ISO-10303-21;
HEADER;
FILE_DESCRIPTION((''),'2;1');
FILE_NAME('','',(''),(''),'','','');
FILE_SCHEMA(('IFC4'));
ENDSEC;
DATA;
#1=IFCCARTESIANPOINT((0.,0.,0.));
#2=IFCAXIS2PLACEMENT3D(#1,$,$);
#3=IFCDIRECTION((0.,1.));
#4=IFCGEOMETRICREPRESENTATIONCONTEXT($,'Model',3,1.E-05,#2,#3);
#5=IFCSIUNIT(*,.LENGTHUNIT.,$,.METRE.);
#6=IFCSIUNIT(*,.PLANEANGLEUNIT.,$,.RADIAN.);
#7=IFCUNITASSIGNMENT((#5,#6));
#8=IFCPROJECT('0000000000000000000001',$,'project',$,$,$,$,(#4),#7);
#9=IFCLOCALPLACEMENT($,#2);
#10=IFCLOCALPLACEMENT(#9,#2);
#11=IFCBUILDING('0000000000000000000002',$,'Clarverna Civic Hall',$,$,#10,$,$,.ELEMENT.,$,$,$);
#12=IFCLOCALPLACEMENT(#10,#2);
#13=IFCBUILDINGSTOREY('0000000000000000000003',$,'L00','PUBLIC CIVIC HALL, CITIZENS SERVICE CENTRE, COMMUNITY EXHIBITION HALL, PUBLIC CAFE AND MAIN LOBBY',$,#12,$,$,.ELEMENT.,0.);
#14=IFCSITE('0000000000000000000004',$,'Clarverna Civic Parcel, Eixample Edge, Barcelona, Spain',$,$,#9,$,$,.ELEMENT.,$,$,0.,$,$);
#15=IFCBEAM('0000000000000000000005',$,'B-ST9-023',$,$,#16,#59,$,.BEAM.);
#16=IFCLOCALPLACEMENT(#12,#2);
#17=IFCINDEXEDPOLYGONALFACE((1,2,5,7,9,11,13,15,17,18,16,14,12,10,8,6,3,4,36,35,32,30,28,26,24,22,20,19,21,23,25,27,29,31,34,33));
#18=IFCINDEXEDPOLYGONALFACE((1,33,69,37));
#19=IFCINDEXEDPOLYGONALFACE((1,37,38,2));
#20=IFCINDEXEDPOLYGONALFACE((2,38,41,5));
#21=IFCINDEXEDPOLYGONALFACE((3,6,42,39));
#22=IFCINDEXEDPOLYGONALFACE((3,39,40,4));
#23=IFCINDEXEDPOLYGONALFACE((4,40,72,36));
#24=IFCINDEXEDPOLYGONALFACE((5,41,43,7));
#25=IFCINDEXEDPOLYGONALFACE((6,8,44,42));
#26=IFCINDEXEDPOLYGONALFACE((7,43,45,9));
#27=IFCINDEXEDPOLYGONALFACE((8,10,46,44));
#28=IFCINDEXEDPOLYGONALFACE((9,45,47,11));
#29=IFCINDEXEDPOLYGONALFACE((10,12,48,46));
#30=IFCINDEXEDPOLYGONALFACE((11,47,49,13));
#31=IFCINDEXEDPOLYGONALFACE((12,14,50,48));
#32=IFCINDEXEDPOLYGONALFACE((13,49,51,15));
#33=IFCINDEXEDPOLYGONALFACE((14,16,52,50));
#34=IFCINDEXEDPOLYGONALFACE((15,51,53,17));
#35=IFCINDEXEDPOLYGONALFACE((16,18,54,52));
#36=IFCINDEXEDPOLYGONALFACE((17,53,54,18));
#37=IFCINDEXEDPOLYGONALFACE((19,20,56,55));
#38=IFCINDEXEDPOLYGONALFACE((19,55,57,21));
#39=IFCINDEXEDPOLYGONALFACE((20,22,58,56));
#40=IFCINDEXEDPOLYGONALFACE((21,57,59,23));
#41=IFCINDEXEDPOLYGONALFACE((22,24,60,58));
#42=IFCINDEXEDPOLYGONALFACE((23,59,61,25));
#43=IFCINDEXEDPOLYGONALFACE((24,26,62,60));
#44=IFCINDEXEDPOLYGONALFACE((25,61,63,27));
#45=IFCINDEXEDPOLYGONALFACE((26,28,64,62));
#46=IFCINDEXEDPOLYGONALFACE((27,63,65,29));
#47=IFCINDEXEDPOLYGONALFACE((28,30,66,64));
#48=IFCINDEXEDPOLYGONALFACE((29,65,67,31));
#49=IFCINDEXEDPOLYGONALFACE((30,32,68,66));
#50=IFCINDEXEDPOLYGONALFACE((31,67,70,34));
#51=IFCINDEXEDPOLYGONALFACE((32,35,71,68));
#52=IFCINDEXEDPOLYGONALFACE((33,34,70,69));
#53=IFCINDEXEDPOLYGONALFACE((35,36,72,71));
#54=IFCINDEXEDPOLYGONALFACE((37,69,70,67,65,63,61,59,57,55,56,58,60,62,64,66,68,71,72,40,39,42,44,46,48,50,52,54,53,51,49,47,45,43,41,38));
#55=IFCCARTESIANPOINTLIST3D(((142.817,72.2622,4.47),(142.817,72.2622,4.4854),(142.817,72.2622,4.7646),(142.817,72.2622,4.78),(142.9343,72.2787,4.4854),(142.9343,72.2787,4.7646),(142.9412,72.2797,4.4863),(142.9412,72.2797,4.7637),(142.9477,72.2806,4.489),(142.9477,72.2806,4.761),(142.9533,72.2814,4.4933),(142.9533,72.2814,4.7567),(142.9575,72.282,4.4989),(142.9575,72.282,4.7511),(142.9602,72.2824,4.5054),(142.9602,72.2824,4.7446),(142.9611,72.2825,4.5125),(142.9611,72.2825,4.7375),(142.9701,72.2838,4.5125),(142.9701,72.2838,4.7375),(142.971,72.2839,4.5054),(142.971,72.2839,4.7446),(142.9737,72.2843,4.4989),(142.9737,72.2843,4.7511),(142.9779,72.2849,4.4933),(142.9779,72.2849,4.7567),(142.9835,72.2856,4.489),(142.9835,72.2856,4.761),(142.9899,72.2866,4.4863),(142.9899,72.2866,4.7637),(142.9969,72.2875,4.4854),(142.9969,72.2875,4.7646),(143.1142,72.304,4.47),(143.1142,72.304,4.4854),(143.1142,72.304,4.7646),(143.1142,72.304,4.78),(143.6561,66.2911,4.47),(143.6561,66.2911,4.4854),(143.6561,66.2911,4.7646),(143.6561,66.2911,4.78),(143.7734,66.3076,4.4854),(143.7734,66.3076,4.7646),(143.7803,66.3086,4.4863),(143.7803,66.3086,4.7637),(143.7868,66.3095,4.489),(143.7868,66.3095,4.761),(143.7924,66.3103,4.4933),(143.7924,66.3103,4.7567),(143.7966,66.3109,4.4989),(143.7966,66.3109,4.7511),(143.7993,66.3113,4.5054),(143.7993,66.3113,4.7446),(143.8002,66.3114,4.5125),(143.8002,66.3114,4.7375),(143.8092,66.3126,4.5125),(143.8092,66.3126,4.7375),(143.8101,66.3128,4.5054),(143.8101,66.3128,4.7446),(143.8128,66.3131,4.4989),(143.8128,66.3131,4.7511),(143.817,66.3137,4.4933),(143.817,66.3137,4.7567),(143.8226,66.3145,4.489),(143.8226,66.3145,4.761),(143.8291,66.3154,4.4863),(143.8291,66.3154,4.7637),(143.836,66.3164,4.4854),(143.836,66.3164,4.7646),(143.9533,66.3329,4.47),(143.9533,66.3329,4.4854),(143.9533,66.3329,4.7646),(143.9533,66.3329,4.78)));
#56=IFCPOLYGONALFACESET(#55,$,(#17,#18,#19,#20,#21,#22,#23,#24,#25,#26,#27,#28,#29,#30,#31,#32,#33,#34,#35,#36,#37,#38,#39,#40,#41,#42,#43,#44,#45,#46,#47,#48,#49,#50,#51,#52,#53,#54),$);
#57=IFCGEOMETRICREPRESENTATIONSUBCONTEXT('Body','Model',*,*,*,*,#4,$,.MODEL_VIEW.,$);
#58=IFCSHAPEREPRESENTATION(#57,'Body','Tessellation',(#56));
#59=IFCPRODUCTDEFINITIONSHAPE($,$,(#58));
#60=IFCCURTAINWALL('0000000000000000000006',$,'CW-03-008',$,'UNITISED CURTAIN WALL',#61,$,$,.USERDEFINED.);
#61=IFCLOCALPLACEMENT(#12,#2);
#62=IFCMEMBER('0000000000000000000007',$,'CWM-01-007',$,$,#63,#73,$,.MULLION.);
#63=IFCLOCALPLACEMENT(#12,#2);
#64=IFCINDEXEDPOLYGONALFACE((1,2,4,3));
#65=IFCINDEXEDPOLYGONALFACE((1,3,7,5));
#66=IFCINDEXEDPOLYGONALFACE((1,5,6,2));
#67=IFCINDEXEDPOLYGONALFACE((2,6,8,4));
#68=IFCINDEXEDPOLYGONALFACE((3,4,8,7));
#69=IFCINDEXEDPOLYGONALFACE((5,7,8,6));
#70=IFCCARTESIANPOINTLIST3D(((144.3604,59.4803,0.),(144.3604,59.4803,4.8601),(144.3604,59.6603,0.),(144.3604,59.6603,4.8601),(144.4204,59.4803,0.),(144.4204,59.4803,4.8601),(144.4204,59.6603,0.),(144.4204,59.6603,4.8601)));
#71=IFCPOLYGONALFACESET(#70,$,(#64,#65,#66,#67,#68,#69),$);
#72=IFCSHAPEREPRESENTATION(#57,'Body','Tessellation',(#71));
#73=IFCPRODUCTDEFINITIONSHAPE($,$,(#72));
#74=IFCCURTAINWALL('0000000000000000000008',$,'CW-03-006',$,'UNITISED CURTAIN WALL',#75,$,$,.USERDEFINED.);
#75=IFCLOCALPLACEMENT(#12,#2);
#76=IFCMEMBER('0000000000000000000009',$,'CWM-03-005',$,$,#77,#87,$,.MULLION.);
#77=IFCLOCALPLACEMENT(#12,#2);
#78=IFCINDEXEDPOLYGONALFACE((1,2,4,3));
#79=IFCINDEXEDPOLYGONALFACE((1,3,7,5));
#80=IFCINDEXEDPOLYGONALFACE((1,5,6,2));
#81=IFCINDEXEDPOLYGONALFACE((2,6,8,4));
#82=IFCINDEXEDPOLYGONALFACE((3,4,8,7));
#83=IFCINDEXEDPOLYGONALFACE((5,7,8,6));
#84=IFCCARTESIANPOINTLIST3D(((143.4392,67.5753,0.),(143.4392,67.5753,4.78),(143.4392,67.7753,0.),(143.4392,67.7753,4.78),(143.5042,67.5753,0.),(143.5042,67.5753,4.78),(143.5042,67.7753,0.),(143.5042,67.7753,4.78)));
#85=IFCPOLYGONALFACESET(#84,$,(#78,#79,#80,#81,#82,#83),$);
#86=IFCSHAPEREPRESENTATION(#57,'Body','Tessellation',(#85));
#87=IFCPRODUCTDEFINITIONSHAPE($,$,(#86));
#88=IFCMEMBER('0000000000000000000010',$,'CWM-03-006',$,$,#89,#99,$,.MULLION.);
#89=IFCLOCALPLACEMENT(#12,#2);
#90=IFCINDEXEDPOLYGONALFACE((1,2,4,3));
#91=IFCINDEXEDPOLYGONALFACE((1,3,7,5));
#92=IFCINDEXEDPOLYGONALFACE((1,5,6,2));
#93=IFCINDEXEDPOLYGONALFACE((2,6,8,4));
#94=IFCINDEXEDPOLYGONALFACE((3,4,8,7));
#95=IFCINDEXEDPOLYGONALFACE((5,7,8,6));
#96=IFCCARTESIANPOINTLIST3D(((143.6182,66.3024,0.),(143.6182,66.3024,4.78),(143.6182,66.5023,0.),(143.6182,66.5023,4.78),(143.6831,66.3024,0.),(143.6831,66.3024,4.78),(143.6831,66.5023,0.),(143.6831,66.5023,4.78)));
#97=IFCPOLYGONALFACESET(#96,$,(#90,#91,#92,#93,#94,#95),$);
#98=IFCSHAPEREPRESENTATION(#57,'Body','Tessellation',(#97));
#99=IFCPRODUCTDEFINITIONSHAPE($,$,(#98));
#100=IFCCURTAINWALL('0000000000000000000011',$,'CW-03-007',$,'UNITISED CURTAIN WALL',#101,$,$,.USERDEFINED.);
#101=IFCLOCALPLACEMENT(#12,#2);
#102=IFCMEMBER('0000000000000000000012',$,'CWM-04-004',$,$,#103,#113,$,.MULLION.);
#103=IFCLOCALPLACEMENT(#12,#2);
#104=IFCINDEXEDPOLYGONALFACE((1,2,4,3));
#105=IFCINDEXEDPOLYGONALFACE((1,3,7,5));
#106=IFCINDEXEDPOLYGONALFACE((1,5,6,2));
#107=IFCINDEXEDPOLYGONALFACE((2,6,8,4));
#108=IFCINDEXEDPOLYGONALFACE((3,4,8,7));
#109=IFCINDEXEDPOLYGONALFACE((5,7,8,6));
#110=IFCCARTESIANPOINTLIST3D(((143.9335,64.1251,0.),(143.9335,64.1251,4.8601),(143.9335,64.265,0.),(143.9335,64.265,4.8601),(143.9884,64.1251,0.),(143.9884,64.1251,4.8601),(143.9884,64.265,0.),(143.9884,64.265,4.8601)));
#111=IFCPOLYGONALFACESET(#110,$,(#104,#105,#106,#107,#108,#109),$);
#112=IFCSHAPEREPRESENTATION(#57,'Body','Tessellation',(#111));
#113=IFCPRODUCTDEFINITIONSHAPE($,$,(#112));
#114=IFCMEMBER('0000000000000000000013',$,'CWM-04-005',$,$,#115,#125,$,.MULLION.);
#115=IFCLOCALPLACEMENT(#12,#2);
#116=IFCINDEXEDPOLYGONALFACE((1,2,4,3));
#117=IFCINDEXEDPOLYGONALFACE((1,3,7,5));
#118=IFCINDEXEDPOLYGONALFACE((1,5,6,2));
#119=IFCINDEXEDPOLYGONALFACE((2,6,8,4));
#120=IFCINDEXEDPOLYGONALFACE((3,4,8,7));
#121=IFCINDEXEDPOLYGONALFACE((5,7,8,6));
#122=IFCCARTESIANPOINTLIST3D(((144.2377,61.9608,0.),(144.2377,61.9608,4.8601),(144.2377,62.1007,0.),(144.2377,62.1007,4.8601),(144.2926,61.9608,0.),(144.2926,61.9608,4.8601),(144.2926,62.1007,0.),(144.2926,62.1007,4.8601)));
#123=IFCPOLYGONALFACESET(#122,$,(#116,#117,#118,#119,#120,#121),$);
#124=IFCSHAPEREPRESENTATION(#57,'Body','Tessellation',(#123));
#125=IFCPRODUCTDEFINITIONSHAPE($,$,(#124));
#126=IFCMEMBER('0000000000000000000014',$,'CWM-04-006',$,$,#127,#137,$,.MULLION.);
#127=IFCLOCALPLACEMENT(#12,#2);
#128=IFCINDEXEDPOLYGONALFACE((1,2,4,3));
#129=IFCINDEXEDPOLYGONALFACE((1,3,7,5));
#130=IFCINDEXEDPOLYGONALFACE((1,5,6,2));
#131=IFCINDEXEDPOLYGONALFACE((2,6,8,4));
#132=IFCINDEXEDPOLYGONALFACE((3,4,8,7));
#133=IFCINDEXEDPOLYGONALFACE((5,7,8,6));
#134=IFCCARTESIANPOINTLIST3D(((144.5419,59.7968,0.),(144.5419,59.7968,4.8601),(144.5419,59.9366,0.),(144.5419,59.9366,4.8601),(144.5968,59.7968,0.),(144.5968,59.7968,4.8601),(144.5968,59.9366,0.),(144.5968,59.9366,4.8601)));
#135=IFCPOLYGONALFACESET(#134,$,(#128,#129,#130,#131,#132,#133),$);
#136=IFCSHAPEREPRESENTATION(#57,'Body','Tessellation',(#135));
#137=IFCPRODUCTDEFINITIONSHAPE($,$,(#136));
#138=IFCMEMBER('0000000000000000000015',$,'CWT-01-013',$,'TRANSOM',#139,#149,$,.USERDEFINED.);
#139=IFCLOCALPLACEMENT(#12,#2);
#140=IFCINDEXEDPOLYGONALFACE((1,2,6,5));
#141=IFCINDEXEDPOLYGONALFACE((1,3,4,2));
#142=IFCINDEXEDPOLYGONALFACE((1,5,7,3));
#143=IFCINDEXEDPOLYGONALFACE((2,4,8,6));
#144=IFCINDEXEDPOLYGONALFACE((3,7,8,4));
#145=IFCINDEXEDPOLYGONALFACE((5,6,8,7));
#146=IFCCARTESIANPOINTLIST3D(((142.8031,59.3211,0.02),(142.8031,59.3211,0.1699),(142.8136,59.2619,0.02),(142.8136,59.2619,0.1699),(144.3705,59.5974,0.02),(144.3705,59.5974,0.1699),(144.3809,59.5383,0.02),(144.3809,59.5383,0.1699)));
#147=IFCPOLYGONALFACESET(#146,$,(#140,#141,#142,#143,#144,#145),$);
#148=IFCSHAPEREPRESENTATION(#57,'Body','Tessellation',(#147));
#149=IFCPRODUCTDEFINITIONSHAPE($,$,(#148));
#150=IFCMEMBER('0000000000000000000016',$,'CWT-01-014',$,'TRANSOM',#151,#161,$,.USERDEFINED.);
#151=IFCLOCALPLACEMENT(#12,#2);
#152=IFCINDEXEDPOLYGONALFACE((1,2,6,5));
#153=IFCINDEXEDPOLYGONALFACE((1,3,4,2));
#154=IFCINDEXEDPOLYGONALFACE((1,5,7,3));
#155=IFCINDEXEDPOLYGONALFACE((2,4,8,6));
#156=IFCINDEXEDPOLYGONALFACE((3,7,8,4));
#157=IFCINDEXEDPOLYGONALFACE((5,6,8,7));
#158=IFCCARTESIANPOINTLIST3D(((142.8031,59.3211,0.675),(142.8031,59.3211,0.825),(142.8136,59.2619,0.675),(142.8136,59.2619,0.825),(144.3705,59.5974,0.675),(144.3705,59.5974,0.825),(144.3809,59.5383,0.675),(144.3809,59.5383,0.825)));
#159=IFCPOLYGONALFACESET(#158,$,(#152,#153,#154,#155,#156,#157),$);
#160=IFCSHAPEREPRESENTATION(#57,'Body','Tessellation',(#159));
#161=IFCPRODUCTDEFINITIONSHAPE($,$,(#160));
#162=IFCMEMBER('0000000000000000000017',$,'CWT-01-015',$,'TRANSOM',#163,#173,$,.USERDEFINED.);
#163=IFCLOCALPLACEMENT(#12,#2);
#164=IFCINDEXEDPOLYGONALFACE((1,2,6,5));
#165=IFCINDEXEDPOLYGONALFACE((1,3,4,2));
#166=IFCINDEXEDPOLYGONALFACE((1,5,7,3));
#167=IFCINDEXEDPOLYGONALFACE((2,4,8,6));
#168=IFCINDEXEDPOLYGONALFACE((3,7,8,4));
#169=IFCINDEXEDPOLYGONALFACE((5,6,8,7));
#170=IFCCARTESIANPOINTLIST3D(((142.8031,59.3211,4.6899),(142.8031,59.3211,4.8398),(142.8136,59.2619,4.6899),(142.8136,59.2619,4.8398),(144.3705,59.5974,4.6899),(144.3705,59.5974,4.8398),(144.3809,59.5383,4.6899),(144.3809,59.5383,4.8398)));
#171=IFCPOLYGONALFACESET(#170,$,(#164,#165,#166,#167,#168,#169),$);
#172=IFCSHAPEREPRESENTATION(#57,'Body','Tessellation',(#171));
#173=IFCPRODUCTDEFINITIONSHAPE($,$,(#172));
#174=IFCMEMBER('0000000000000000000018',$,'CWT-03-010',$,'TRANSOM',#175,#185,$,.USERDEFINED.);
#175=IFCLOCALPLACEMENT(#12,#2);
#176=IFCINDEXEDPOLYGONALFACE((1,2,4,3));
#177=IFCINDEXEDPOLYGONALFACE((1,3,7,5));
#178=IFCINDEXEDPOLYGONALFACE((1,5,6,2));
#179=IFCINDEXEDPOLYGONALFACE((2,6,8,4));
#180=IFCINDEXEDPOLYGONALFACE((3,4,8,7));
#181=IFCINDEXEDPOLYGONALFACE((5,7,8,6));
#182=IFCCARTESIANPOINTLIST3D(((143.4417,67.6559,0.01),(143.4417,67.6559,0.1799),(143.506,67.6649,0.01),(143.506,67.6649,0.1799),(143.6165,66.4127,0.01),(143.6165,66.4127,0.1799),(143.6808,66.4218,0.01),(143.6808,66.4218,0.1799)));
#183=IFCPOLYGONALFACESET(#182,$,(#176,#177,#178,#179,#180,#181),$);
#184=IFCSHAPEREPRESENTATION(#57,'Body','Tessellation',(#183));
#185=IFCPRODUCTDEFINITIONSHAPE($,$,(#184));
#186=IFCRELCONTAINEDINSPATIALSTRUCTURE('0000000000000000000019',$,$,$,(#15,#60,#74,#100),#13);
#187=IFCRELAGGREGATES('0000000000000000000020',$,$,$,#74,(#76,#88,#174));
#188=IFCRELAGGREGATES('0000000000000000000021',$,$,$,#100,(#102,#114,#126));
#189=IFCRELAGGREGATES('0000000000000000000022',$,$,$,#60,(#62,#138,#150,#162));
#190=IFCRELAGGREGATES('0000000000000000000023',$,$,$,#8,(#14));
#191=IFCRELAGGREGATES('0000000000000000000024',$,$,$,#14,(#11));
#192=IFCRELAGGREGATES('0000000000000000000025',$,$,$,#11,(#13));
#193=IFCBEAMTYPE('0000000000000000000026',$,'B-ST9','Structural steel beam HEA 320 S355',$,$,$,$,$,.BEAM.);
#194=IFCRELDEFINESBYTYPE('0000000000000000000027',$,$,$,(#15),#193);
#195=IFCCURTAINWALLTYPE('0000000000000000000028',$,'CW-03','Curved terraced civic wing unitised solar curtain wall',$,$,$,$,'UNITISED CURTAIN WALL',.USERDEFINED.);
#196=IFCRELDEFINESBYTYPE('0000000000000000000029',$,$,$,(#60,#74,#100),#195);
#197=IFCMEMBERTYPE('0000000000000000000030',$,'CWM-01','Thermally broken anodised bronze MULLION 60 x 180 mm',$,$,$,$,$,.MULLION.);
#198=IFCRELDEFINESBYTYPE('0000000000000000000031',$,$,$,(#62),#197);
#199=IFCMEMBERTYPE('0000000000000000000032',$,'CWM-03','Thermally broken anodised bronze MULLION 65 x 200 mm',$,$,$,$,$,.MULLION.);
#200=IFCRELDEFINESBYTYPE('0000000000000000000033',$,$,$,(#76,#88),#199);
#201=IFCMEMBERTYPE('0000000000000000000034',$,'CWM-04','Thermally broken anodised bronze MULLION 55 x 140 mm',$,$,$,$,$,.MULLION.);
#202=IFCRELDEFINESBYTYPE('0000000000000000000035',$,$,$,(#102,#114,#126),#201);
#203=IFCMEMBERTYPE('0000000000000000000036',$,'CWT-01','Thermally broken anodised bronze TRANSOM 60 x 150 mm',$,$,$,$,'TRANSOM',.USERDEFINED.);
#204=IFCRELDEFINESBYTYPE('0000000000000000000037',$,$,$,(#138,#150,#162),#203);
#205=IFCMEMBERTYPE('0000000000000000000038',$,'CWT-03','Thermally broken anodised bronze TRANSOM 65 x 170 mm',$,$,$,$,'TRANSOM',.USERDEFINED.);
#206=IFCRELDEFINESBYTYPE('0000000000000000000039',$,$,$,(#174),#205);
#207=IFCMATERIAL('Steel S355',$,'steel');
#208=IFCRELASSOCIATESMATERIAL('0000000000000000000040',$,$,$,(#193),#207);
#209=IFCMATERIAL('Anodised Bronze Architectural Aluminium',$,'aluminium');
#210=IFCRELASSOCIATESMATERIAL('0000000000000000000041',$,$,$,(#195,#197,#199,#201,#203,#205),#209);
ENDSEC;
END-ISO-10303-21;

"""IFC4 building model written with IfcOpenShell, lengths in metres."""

from ifc_helpers import new_model, si_unit, direction, frame, origin, origin_2d, place, context, subcontext, project, spatial, rectangle, i_section, extrude, material, material_profile, profile_set, type_object, element, aggregate, save


model = new_model("IFC4")

# Units and contexts
model_context = context("Model", 3, precision=1e-05, world=origin(), true_north=direction((0.0, 1.0)))
body_context = subcontext(model_context, "Body", "Model", "MODEL_VIEW")
ifc_project = project(units=[si_unit("LENGTHUNIT", "METRE"), si_unit("PLANEANGLEUNIT", "RADIAN")], contexts=[model_context])

# Site, building, storey
site_placement = place(None, origin())
site = spatial("IfcSite", under=ifc_project, at=site_placement, Name="Clarverna Civic Parcel, Eixample Edge, Barcelona, Spain", CompositionType="ELEMENT", RefElevation=0.0)
building_placement = place(site_placement, origin())
building = spatial("IfcBuilding", under=site, at=building_placement, Name="Clarverna Civic Hall", CompositionType="ELEMENT")
storey_placement = place(building_placement, origin())
storey = spatial("IfcBuildingStorey", under=building, at=storey_placement, Name="L00", Description="PUBLIC CIVIC HALL, CITIZENS SERVICE CENTRE, COMMUNITY EXHIBITION HALL, PUBLIC CAFE AND MAIN LOBBY", CompositionType="ELEMENT", Elevation=0.0)

# Beam
ifc_material_1 = material(Name="Steel S355", Category="steel")
ifc_material_profile_1 = material_profile(ifc_material_1, i_section(OverallWidth=0.3, OverallDepth=0.3101, WebThickness=0.009, FlangeThickness=0.0154, FilletRadius=0.0271, at=origin_2d()), Name="HEA 320")
ifc_profile_set_1 = profile_set([ifc_material_profile_1], Name="Steel S355")
beam_type_1 = type_object("IfcBeamType", Name="B-ST9", Description="Structural steel beam HEA 320 S355", PredefinedType="BEAM", material=ifc_profile_set_1)
beam_1_placement = place(storey_placement, frame((143.8047, 66.312, 4.625), z_axis=(-0.139159, 0.99027, 0.0), x_axis=(-0.99027, -0.139159, 0.0)))
element("IfcBeam", 1, at=beam_1_placement, inside=storey, type_object=beam_type_1, Name="B-ST9-023", PredefinedType="BEAM", context=body_context, shape_type="SweptSolid", body=[
    extrude(i_section(OverallWidth=0.3, OverallDepth=0.3101, WebThickness=0.009, FlangeThickness=0.0154, FilletRadius=0.0271, at=origin_2d()), origin(), (0.0, 0.0, 1.0), 6.0298),
])

# Curtain wall, member
ifc_material_2 = material(Name="Anodised Bronze Architectural Aluminium", Category="aluminium")
curtain_wall_type = type_object("IfcCurtainWallType", Name="CW-03", Description="Curved terraced civic wing unitised solar curtain wall", ElementType="UNITISED CURTAIN WALL", PredefinedType="USERDEFINED", material=ifc_material_2)
curtain_wall_1_placement = place(storey_placement, origin())
curtain_wall_1 = element("IfcCurtainWall", 2, at=curtain_wall_1_placement, inside=storey, type_object=curtain_wall_type, Name="CW-03-008", ObjectType="UNITISED CURTAIN WALL", PredefinedType="USERDEFINED")
ifc_material_profile_2 = material_profile(ifc_material_2, rectangle(XDim=0.0601, YDim=0.1799, at=origin_2d()), Name="BRONZE 60x180")
ifc_profile_set_2 = profile_set([ifc_material_profile_2], Name="Anodised Bronze Architectural Aluminium")
member_type_1 = type_object("IfcMemberType", Name="CWM-01", Description="Thermally broken anodised bronze MULLION 60 x 180 mm", PredefinedType="MULLION", material=ifc_profile_set_2)
member_1_placement = place(storey_placement, frame((144.3904, 59.5703, 0.0), z_axis=(0.0, 0.0, 1.0), x_axis=(1.0, 0.0, 0.0)))
member_1 = element("IfcMember", 3, at=member_1_placement, type_object=member_type_1, Name="CWM-01-007", PredefinedType="MULLION", context=body_context, shape_type="SweptSolid", body=[
    extrude(rectangle(XDim=0.0601, YDim=0.1799, at=origin_2d()), origin(), (0.0, 0.0, 1.0), 4.8601),
])

# Curtain walls, members
curtain_wall_2_placement = place(storey_placement, origin())
curtain_wall_2 = element("IfcCurtainWall", 4, at=curtain_wall_2_placement, inside=storey, type_object=curtain_wall_type, Name="CW-03-006", ObjectType="UNITISED CURTAIN WALL", PredefinedType="USERDEFINED")
ifc_material_profile_3 = material_profile(ifc_material_2, rectangle(XDim=0.0649, YDim=0.2, at=origin_2d()), Name="BRONZE 65x200")
ifc_profile_set_3 = profile_set([ifc_material_profile_3], Name="Anodised Bronze Architectural Aluminium")
member_type_2 = type_object("IfcMemberType", Name="CWM-03", Description="Thermally broken anodised bronze MULLION 65 x 200 mm", PredefinedType="MULLION", material=ifc_profile_set_3)
member_2_placement = place(storey_placement, frame((143.4717, 67.6753, 0.0), z_axis=(0.0, 0.0, 1.0), x_axis=(1.0, 0.0, 0.0)))
member_2 = element("IfcMember", 5, at=member_2_placement, type_object=member_type_2, Name="CWM-03-005", PredefinedType="MULLION", context=body_context, shape_type="SweptSolid", body=[
    extrude(rectangle(XDim=0.0649, YDim=0.2, at=origin_2d()), origin(), (0.0, 0.0, 1.0), 4.78),
])
member_3_placement = place(storey_placement, frame((143.6506, 66.4023, 0.0), z_axis=(0.0, 0.0, 1.0), x_axis=(1.0, 0.0, 0.0)))
member_3 = element("IfcMember", 6, at=member_3_placement, type_object=member_type_2, Name="CWM-03-006", PredefinedType="MULLION", context=body_context, shape_type="SweptSolid", body=[
    extrude(rectangle(XDim=0.0649, YDim=0.2, at=origin_2d()), origin(), (0.0, 0.0, 1.0), 4.78),
])
curtain_wall_3_placement = place(storey_placement, origin())
curtain_wall_3 = element("IfcCurtainWall", 7, at=curtain_wall_3_placement, inside=storey, type_object=curtain_wall_type, Name="CW-03-007", ObjectType="UNITISED CURTAIN WALL", PredefinedType="USERDEFINED")
ifc_material_profile_4 = material_profile(ifc_material_2, rectangle(XDim=0.0549, YDim=0.1399, at=origin_2d()), Name="BRONZE 55x140")
ifc_profile_set_4 = profile_set([ifc_material_profile_4], Name="Anodised Bronze Architectural Aluminium")
member_type_3 = type_object("IfcMemberType", Name="CWM-04", Description="Thermally broken anodised bronze MULLION 55 x 140 mm", PredefinedType="MULLION", material=ifc_profile_set_4)
member_4_placement = place(storey_placement, frame((143.9609, 64.1951, 0.0), z_axis=(0.0, 0.0, 1.0), x_axis=(1.0, 0.0, 0.0)))
member_4 = element("IfcMember", 8, at=member_4_placement, type_object=member_type_3, Name="CWM-04-004", PredefinedType="MULLION", context=body_context, shape_type="SweptSolid", body=[
    extrude(rectangle(XDim=0.0549, YDim=0.1399, at=origin_2d()), origin(), (0.0, 0.0, 1.0), 4.8601),
])
member_5_placement = place(storey_placement, frame((144.2651, 62.0308, 0.0), z_axis=(0.0, 0.0, 1.0), x_axis=(1.0, 0.0, 0.0)))
member_5 = element("IfcMember", 9, at=member_5_placement, type_object=member_type_3, Name="CWM-04-005", PredefinedType="MULLION", context=body_context, shape_type="SweptSolid", body=[
    extrude(rectangle(XDim=0.0549, YDim=0.1399, at=origin_2d()), origin(), (0.0, 0.0, 1.0), 4.8601),
])
member_6_placement = place(storey_placement, frame((144.5693, 59.8667, 0.0), z_axis=(0.0, 0.0, 1.0), x_axis=(1.0, 0.0, 0.0)))
member_6 = element("IfcMember", 10, at=member_6_placement, type_object=member_type_3, Name="CWM-04-006", PredefinedType="MULLION", context=body_context, shape_type="SweptSolid", body=[
    extrude(rectangle(XDim=0.0549, YDim=0.1399, at=origin_2d()), origin(), (0.0, 0.0, 1.0), 4.8601),
])

# Members
ifc_material_profile_5 = material_profile(ifc_material_2, rectangle(XDim=0.0601, YDim=0.1499, at=origin_2d()), Name="BRONZE 60x150")
ifc_profile_set_5 = profile_set([ifc_material_profile_5], Name="Anodised Bronze Architectural Aluminium")
member_type_4 = type_object("IfcMemberType", Name="CWT-01", Description="Thermally broken anodised bronze TRANSOM 60 x 150 mm", ElementType="TRANSOM", PredefinedType="USERDEFINED", material=ifc_profile_set_5)
member_7_placement = place(storey_placement, frame((144.3757, 59.5679, 0.095), z_axis=(-0.984808, -0.173645, 0.0), x_axis=(0.173645, -0.984808, 0.0)))
member_7 = element("IfcMember", 11, at=member_7_placement, type_object=member_type_4, Name="CWT-01-013", ObjectType="TRANSOM", PredefinedType="USERDEFINED", context=body_context, shape_type="SweptSolid", body=[
    extrude(rectangle(XDim=0.0601, YDim=0.1499, at=origin_2d()), origin(), (0.0, 0.0, 1.0), 1.5916),
])
member_8_placement = place(storey_placement, frame((144.3757, 59.5679, 0.75), z_axis=(-0.984808, -0.173645, 0.0), x_axis=(0.173645, -0.984808, 0.0)))
member_8 = element("IfcMember", 12, at=member_8_placement, type_object=member_type_4, Name="CWT-01-014", ObjectType="TRANSOM", PredefinedType="USERDEFINED", context=body_context, shape_type="SweptSolid", body=[
    extrude(rectangle(XDim=0.0601, YDim=0.1499, at=origin_2d()), origin(), (0.0, 0.0, 1.0), 1.5916),
])
member_9_placement = place(storey_placement, frame((144.3757, 59.5679, 4.7649), z_axis=(-0.984808, -0.173645, 0.0), x_axis=(0.173645, -0.984808, 0.0)))
member_9 = element("IfcMember", 13, at=member_9_placement, type_object=member_type_4, Name="CWT-01-015", ObjectType="TRANSOM", PredefinedType="USERDEFINED", context=body_context, shape_type="SweptSolid", body=[
    extrude(rectangle(XDim=0.0601, YDim=0.1499, at=origin_2d()), origin(), (0.0, 0.0, 1.0), 1.5916),
])
ifc_material_profile_6 = material_profile(ifc_material_2, rectangle(XDim=0.0649, YDim=0.1699, at=origin_2d()), Name="BRONZE 65x170")
ifc_profile_set_6 = profile_set([ifc_material_profile_6], Name="Anodised Bronze Architectural Aluminium")
member_type_5 = type_object("IfcMemberType", Name="CWT-03", Description="Thermally broken anodised bronze TRANSOM 65 x 170 mm", ElementType="TRANSOM", PredefinedType="USERDEFINED", material=ifc_profile_set_6)
member_10_placement = place(storey_placement, frame((143.4739, 67.6604, 0.095), z_axis=(0.139243, -0.990258, 0.0), x_axis=(0.990258, 0.139243, 0.0)))
member_10 = element("IfcMember", 14, at=member_10_placement, type_object=member_type_5, Name="CWT-03-010", ObjectType="TRANSOM", PredefinedType="USERDEFINED", context=body_context, shape_type="SweptSolid", body=[
    extrude(rectangle(XDim=0.0649, YDim=0.1699, at=origin_2d()), origin(), (0.0, 0.0, 1.0), 1.2554),
])

aggregate(curtain_wall_2, [member_2, member_3, member_10])
aggregate(curtain_wall_3, [member_4, member_5, member_6])
aggregate(curtain_wall_1, [member_1, member_7, member_8, member_9])

save(model, "model.ifc")
